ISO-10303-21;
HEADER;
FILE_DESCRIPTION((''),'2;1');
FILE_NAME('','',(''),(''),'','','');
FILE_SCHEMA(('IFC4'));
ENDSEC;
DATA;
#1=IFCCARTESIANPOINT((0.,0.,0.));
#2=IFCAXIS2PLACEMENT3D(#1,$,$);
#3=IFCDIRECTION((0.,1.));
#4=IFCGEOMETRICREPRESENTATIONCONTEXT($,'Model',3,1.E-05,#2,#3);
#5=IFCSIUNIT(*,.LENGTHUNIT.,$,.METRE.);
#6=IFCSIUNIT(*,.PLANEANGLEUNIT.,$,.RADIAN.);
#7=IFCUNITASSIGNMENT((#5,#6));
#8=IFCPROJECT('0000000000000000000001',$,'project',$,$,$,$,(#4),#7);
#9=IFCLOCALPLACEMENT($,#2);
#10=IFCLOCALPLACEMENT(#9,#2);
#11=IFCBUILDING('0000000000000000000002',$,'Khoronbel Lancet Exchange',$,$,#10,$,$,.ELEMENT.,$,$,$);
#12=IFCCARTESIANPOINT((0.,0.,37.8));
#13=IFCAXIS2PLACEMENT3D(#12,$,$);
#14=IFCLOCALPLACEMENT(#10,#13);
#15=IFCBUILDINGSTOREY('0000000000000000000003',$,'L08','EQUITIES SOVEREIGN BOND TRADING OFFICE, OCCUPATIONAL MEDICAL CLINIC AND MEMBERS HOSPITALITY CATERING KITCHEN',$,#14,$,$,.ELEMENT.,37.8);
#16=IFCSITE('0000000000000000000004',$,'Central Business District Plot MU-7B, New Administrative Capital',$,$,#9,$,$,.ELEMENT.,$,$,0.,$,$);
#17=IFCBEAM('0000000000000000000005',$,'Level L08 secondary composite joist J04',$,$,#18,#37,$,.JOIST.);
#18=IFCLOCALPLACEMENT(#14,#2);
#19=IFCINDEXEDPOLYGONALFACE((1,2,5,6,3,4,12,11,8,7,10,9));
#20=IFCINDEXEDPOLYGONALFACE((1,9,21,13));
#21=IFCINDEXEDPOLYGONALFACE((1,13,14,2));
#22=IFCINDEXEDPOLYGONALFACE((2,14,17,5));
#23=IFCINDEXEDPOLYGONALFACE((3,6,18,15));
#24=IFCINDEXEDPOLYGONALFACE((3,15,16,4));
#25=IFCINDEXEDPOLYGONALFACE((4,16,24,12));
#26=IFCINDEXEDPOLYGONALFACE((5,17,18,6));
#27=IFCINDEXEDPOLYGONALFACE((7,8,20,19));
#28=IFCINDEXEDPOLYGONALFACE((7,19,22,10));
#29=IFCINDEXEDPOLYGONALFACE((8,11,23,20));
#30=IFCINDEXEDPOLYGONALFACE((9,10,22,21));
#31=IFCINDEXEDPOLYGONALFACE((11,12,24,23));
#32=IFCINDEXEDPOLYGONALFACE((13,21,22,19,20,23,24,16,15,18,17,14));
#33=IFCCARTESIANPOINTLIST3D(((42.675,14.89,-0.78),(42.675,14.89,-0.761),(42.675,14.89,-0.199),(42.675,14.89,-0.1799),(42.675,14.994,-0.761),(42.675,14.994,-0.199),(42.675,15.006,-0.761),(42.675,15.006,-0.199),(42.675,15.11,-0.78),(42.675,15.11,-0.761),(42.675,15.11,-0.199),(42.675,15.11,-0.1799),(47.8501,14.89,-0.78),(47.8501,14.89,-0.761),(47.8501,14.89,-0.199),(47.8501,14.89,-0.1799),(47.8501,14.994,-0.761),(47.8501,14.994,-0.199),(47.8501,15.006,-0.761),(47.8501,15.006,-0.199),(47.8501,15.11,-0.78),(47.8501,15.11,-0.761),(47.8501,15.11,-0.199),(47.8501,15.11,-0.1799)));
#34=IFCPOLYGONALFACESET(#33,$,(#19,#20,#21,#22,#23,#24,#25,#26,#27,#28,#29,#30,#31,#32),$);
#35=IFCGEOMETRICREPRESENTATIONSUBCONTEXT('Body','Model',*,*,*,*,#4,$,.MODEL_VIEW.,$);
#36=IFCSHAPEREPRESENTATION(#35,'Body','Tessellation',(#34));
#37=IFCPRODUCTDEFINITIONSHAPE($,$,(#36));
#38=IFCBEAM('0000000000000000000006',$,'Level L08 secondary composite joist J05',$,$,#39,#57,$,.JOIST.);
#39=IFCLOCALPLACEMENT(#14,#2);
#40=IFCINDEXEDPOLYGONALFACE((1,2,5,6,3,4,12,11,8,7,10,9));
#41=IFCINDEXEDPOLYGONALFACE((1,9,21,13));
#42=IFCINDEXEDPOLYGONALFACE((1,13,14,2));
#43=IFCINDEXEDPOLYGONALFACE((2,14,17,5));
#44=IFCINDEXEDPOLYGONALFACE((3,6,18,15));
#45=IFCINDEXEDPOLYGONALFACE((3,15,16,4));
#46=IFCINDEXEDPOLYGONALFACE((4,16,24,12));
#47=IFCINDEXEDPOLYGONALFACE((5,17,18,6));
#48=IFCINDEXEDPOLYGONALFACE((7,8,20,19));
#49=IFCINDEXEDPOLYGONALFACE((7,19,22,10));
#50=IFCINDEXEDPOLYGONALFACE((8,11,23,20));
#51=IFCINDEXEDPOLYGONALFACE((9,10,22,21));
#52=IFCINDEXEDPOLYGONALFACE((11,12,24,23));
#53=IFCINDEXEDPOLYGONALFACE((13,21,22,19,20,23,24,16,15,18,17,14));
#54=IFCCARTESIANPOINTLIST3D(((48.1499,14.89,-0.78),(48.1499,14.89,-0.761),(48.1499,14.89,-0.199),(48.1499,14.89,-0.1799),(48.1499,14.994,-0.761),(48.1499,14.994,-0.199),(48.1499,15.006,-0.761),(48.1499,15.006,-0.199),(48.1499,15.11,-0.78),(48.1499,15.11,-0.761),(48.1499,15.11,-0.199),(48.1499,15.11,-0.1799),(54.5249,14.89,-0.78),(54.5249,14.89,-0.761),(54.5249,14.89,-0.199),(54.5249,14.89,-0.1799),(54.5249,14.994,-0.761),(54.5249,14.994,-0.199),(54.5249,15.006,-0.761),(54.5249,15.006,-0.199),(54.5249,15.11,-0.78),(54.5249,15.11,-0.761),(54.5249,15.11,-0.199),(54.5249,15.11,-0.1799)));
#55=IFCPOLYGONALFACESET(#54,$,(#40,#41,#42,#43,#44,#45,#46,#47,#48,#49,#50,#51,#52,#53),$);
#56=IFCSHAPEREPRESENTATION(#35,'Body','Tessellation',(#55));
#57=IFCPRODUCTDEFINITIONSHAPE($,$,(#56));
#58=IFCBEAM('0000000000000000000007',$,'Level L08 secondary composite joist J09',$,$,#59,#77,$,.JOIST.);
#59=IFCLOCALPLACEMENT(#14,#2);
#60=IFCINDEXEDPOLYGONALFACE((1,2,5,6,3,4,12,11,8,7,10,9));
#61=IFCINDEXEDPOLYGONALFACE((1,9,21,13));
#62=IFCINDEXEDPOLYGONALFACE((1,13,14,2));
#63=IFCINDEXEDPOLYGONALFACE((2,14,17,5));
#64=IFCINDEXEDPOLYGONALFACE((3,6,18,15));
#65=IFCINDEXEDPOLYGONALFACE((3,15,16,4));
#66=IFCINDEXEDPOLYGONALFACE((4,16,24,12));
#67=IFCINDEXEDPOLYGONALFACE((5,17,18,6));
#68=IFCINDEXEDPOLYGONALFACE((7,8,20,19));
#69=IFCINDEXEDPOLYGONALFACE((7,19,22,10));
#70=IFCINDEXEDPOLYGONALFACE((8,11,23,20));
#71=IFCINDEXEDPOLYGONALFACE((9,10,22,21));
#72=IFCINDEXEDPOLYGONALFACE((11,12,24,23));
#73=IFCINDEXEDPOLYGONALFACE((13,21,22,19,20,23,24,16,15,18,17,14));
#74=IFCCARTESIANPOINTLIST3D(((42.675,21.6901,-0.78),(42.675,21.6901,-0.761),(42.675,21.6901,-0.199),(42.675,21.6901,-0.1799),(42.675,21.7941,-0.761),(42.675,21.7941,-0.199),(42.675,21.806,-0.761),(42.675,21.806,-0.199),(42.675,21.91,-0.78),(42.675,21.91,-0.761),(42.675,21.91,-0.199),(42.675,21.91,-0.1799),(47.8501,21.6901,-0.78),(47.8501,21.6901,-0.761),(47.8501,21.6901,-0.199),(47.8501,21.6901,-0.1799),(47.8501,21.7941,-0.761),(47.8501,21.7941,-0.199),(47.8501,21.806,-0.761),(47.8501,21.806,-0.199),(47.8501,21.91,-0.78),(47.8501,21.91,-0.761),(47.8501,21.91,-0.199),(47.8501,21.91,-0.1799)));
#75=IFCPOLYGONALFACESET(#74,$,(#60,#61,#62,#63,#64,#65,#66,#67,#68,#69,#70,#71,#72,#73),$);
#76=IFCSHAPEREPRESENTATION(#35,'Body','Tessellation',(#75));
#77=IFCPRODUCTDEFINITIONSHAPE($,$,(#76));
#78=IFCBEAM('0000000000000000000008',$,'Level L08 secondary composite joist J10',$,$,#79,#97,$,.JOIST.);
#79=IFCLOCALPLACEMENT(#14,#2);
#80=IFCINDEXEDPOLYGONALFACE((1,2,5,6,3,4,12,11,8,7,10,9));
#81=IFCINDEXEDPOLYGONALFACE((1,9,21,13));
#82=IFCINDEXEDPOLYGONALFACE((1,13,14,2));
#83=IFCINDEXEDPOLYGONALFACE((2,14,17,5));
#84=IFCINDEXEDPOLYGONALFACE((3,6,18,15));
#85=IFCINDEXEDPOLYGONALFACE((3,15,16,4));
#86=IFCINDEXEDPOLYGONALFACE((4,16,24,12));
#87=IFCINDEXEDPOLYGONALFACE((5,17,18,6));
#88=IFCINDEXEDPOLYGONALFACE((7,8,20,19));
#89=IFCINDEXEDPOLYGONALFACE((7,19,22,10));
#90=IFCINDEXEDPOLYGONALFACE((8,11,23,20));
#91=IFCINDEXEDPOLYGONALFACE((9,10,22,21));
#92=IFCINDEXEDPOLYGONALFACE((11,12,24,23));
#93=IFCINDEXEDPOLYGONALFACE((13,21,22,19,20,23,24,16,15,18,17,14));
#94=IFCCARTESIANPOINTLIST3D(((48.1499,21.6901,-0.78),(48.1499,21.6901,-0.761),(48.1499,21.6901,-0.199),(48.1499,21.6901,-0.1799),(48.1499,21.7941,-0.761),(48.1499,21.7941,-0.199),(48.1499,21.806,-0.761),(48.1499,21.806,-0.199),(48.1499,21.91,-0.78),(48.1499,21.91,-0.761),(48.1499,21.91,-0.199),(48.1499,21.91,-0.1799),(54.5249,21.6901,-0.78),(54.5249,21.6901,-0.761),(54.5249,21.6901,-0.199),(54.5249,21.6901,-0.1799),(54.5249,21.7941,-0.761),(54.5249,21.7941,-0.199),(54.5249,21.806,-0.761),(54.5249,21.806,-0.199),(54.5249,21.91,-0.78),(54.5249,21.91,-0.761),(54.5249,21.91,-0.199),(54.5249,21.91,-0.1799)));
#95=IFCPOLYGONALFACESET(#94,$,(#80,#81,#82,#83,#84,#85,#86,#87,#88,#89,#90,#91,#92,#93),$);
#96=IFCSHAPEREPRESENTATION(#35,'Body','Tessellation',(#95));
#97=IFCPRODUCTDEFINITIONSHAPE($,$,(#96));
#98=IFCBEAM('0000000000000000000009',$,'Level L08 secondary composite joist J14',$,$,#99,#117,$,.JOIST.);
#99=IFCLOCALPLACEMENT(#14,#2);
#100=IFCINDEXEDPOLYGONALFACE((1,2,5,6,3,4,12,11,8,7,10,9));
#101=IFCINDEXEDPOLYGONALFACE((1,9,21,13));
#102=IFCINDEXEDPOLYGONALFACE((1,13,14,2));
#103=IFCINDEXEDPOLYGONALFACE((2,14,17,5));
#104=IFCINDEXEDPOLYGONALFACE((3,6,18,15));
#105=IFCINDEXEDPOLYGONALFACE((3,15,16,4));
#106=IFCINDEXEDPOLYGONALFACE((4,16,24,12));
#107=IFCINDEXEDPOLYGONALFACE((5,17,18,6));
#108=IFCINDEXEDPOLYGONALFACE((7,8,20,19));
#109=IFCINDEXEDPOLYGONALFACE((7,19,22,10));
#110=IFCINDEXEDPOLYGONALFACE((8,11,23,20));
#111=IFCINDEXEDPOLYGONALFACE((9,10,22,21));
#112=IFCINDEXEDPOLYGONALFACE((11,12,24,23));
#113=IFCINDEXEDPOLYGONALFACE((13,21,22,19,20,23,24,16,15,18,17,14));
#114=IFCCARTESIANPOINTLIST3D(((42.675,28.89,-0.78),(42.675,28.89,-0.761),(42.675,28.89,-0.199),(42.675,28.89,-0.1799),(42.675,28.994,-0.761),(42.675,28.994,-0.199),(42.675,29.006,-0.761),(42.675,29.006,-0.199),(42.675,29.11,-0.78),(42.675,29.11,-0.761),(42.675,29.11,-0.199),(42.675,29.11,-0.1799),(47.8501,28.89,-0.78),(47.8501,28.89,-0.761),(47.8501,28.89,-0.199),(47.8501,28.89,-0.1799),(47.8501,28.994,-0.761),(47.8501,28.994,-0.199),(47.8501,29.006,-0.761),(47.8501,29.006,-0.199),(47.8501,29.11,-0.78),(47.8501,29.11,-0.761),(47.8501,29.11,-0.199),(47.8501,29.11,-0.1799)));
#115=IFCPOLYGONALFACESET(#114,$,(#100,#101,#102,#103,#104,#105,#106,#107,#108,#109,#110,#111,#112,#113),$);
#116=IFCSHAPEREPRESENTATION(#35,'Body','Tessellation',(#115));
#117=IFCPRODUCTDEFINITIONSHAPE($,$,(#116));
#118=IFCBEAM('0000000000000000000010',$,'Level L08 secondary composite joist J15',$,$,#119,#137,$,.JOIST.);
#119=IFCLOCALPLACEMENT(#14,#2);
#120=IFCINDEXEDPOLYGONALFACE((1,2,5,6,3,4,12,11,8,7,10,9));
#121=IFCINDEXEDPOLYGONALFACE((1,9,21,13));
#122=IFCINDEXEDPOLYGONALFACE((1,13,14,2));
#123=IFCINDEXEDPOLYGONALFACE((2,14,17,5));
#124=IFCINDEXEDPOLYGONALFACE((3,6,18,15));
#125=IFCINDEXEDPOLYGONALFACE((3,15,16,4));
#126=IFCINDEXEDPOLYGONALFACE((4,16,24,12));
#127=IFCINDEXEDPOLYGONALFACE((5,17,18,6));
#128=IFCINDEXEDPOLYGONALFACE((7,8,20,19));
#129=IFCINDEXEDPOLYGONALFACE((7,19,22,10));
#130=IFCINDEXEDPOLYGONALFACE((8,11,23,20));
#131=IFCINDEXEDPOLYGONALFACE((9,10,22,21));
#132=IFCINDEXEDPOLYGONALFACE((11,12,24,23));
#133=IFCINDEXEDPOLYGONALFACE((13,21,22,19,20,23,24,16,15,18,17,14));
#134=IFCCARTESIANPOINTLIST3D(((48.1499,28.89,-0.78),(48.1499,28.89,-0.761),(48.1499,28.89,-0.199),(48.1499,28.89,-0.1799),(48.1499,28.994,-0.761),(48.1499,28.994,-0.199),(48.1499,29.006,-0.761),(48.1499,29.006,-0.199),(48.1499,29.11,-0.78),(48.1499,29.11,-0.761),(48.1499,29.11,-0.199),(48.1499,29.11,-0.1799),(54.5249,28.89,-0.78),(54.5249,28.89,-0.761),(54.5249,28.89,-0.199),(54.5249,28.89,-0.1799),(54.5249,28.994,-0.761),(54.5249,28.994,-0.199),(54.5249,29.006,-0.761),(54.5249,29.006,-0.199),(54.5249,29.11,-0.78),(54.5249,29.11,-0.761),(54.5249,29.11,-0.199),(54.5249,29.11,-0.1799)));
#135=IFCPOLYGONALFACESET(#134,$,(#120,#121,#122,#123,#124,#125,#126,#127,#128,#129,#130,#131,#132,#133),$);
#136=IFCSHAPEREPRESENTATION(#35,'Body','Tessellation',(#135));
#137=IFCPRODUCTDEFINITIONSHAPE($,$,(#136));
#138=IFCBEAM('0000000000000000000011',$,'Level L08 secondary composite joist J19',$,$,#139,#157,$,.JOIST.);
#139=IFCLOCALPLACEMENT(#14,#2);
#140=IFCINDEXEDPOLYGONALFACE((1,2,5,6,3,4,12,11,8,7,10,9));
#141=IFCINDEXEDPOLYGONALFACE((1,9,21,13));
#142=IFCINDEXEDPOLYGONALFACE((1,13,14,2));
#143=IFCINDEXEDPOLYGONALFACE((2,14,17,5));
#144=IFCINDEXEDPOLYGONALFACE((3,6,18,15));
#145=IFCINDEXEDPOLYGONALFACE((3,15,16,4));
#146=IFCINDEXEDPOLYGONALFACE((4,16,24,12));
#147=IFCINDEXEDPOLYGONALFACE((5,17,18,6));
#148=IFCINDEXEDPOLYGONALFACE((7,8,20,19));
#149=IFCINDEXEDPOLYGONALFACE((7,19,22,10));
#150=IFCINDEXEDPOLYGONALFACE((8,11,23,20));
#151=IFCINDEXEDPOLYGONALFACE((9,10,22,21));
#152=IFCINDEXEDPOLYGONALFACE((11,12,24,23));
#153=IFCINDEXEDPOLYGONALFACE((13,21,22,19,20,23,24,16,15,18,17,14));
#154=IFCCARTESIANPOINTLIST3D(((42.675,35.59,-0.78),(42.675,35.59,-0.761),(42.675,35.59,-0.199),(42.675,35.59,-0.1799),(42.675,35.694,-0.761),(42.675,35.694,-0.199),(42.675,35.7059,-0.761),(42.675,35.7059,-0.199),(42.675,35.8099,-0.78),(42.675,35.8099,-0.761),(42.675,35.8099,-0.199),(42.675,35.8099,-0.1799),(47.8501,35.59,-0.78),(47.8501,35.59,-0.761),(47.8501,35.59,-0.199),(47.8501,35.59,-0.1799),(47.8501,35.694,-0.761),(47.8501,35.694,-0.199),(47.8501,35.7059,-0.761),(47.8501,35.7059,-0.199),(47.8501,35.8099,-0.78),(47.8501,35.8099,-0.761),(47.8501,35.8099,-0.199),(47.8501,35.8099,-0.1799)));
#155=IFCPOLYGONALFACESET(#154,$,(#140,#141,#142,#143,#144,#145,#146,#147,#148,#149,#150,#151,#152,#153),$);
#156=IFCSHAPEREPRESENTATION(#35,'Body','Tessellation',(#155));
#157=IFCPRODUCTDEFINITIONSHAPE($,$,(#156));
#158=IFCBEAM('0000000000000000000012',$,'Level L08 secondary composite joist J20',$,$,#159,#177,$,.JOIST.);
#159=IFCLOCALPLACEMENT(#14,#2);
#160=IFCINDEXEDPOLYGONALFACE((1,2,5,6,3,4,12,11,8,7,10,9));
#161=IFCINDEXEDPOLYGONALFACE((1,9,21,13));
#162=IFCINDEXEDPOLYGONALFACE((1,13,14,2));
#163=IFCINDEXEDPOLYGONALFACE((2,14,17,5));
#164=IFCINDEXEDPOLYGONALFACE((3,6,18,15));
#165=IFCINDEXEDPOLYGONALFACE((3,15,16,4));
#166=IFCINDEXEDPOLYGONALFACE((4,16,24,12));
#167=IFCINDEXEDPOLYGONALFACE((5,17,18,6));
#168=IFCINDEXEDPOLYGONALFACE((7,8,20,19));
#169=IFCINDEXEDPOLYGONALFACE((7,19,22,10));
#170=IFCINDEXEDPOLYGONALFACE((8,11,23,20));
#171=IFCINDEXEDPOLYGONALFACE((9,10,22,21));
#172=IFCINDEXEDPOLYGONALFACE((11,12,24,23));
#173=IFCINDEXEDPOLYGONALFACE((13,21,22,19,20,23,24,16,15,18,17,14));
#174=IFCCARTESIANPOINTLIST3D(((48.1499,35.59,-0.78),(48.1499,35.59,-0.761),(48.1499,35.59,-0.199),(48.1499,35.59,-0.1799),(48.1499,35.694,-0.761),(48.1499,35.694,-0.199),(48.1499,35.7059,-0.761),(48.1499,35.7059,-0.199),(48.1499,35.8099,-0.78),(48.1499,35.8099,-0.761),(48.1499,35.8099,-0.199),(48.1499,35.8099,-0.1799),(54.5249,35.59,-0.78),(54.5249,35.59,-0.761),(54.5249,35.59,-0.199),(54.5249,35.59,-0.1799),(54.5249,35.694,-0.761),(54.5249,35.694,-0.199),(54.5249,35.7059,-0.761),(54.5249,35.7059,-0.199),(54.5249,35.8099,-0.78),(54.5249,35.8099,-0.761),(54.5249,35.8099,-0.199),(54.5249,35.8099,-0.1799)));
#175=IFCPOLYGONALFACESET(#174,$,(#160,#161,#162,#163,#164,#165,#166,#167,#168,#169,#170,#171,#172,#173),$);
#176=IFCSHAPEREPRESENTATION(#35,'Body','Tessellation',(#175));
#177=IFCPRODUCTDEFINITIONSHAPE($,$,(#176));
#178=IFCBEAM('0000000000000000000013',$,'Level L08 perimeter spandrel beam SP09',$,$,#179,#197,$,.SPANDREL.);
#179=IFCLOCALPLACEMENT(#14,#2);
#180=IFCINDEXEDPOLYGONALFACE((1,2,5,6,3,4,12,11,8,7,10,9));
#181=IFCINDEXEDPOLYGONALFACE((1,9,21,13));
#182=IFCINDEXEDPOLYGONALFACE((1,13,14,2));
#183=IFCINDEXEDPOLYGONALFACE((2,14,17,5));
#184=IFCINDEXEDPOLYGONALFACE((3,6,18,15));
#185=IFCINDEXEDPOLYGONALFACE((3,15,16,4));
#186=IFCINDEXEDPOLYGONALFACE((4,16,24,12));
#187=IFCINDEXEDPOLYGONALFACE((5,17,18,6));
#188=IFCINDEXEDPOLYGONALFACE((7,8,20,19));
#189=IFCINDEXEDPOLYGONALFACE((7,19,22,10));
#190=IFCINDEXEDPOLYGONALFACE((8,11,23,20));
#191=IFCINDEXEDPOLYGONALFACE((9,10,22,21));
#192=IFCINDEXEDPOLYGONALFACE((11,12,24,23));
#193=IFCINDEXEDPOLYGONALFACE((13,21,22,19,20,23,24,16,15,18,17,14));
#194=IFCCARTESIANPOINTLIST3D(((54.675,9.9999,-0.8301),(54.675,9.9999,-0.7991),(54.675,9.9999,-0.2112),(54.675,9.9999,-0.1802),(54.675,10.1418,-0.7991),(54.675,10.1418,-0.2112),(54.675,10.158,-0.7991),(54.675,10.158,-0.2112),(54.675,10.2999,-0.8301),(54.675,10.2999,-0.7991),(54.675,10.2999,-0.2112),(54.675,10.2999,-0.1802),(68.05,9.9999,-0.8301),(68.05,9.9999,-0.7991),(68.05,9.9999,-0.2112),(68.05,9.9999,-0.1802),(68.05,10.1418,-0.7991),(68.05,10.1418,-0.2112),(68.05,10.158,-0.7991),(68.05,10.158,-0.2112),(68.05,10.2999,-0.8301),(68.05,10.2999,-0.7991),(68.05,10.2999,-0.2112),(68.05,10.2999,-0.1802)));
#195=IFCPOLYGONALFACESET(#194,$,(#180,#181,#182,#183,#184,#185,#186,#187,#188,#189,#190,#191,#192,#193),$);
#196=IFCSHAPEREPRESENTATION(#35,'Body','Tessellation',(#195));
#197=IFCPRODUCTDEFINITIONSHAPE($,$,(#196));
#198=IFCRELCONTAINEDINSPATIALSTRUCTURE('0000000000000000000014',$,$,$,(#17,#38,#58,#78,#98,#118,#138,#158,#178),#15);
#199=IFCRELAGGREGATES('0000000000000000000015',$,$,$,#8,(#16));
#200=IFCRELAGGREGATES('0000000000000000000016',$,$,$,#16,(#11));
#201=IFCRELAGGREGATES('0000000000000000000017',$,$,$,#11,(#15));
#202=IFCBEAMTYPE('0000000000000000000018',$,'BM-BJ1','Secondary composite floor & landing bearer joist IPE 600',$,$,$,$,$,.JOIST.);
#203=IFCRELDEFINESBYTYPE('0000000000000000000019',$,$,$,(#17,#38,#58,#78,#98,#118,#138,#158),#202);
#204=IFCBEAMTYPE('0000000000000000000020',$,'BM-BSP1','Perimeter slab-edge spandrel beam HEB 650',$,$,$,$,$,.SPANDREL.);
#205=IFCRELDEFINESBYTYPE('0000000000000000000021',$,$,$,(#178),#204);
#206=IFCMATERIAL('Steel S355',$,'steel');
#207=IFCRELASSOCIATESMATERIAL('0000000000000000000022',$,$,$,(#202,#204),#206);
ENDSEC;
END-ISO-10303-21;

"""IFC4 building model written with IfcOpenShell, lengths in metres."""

from ifc_helpers import new_model, si_unit, direction, frame, origin, origin_2d, place, context, subcontext, project, spatial, i_section, extrude, material, material_profile, profile_set, type_object, element, save


model = new_model("IFC4")

# Units and contexts
model_context = context("Model", 3, precision=1e-05, world=origin(), true_north=direction((0.0, 1.0)))
body_context = subcontext(model_context, "Body", "Model", "MODEL_VIEW")
ifc_project = project(units=[si_unit("LENGTHUNIT", "METRE"), si_unit("PLANEANGLEUNIT", "RADIAN")], contexts=[model_context])

# Site, building, storey
site_placement = place(None, origin())
site = spatial("IfcSite", under=ifc_project, at=site_placement, Name="Central Business District Plot MU-7B, New Administrative Capital", CompositionType="ELEMENT", RefElevation=0.0)
building_placement = place(site_placement, origin())
building = spatial("IfcBuilding", under=site, at=building_placement, Name="Khoronbel Lancet Exchange", CompositionType="ELEMENT")
storey_placement = place(building_placement, frame((0.0, 0.0, 37.8)))
storey = spatial("IfcBuildingStorey", under=building, at=storey_placement, Name="L08", Description="EQUITIES SOVEREIGN BOND TRADING OFFICE, OCCUPATIONAL MEDICAL CLINIC AND MEMBERS HOSPITALITY CATERING KITCHEN", CompositionType="ELEMENT", Elevation=37.8)

# Beams
ifc_material_1 = material(Name="Steel S355", Category="steel")
ifc_material_profile_1 = material_profile(ifc_material_1, i_section(OverallWidth=0.22, OverallDepth=0.6001, WebThickness=0.012, FlangeThickness=0.019, at=origin_2d()), Name="IPE 600")
ifc_profile_set_1 = profile_set([ifc_material_profile_1], Name="Steel S355")
beam_type_1 = type_object("IfcBeamType", Name="BM-BJ1", Description="Secondary composite floor & landing bearer joist IPE 600", PredefinedType="JOIST", material=ifc_profile_set_1)
beam_1_placement = place(storey_placement, frame((42.675, 15.0, -0.48), z_axis=(1.0, 0.0, 0.0), x_axis=(0.0, 1.0, 0.0)))
element("IfcBeam", 1, at=beam_1_placement, inside=storey, type_object=beam_type_1, Name="Level L08 secondary composite joist J04", PredefinedType="JOIST", context=body_context, shape_type="SweptSolid", body=[
    extrude(i_section(OverallWidth=0.22, OverallDepth=0.6001, WebThickness=0.012, FlangeThickness=0.019, at=origin_2d()), origin(), (0.0, 0.0, 1.0), 5.175),
])
beam_2_placement = place(storey_placement, frame((48.1499, 15.0, -0.48), z_axis=(1.0, 0.0, 0.0), x_axis=(0.0, 1.0, 0.0)))
element("IfcBeam", 2, at=beam_2_placement, inside=storey, type_object=beam_type_1, Name="Level L08 secondary composite joist J05", PredefinedType="JOIST", context=body_context, shape_type="SweptSolid", body=[
    extrude(i_section(OverallWidth=0.22, OverallDepth=0.6001, WebThickness=0.012, FlangeThickness=0.019, at=origin_2d()), origin(), (0.0, 0.0, 1.0), 6.375),
])
beam_3_placement = place(storey_placement, frame((42.675, 21.8, -0.48), z_axis=(1.0, 0.0, 0.0), x_axis=(0.0, 1.0, 0.0)))
element("IfcBeam", 3, at=beam_3_placement, inside=storey, type_object=beam_type_1, Name="Level L08 secondary composite joist J09", PredefinedType="JOIST", context=body_context, shape_type="SweptSolid", body=[
    extrude(i_section(OverallWidth=0.22, OverallDepth=0.6001, WebThickness=0.012, FlangeThickness=0.019, at=origin_2d()), origin(), (0.0, 0.0, 1.0), 5.175),
])
beam_4_placement = place(storey_placement, frame((48.1499, 21.8, -0.48), z_axis=(1.0, 0.0, 0.0), x_axis=(0.0, 1.0, 0.0)))
element("IfcBeam", 4, at=beam_4_placement, inside=storey, type_object=beam_type_1, Name="Level L08 secondary composite joist J10", PredefinedType="JOIST", context=body_context, shape_type="SweptSolid", body=[
    extrude(i_section(OverallWidth=0.22, OverallDepth=0.6001, WebThickness=0.012, FlangeThickness=0.019, at=origin_2d()), origin(), (0.0, 0.0, 1.0), 6.375),
])
beam_5_placement = place(storey_placement, frame((42.675, 29.0, -0.48), z_axis=(1.0, 0.0, 0.0), x_axis=(0.0, 1.0, 0.0)))
element("IfcBeam", 5, at=beam_5_placement, inside=storey, type_object=beam_type_1, Name="Level L08 secondary composite joist J14", PredefinedType="JOIST", context=body_context, shape_type="SweptSolid", body=[
    extrude(i_section(OverallWidth=0.22, OverallDepth=0.6001, WebThickness=0.012, FlangeThickness=0.019, at=origin_2d()), origin(), (0.0, 0.0, 1.0), 5.175),
])
beam_6_placement = place(storey_placement, frame((48.1499, 29.0, -0.48), z_axis=(1.0, 0.0, 0.0), x_axis=(0.0, 1.0, 0.0)))
element("IfcBeam", 6, at=beam_6_placement, inside=storey, type_object=beam_type_1, Name="Level L08 secondary composite joist J15", PredefinedType="JOIST", context=body_context, shape_type="SweptSolid", body=[
    extrude(i_section(OverallWidth=0.22, OverallDepth=0.6001, WebThickness=0.012, FlangeThickness=0.019, at=origin_2d()), origin(), (0.0, 0.0, 1.0), 6.375),
])
beam_7_placement = place(storey_placement, frame((42.675, 35.7, -0.48), z_axis=(1.0, 0.0, 0.0), x_axis=(0.0, 1.0, 0.0)))
element("IfcBeam", 7, at=beam_7_placement, inside=storey, type_object=beam_type_1, Name="Level L08 secondary composite joist J19", PredefinedType="JOIST", context=body_context, shape_type="SweptSolid", body=[
    extrude(i_section(OverallWidth=0.22, OverallDepth=0.6001, WebThickness=0.012, FlangeThickness=0.019, at=origin_2d()), origin(), (0.0, 0.0, 1.0), 5.175),
])
beam_8_placement = place(storey_placement, frame((48.1499, 35.7, -0.48), z_axis=(1.0, 0.0, 0.0), x_axis=(0.0, 1.0, 0.0)))
element("IfcBeam", 8, at=beam_8_placement, inside=storey, type_object=beam_type_1, Name="Level L08 secondary composite joist J20", PredefinedType="JOIST", context=body_context, shape_type="SweptSolid", body=[
    extrude(i_section(OverallWidth=0.22, OverallDepth=0.6001, WebThickness=0.012, FlangeThickness=0.019, at=origin_2d()), origin(), (0.0, 0.0, 1.0), 6.375),
])
ifc_material_profile_2 = material_profile(ifc_material_1, i_section(OverallWidth=0.3, OverallDepth=0.6499, WebThickness=0.0161, FlangeThickness=0.031, at=origin_2d()), Name="HEB 650")
ifc_profile_set_2 = profile_set([ifc_material_profile_2], Name="Steel S355")
beam_type_2 = type_object("IfcBeamType", Name="BM-BSP1", Description="Perimeter slab-edge spandrel beam HEB 650", PredefinedType="SPANDREL", material=ifc_profile_set_2)
beam_9_placement = place(storey_placement, frame((54.675, 10.1499, -0.5051), z_axis=(1.0, 0.0, 0.0), x_axis=(0.0, 1.0, 0.0)))
element("IfcBeam", 9, at=beam_9_placement, inside=storey, type_object=beam_type_2, Name="Level L08 perimeter spandrel beam SP09", PredefinedType="SPANDREL", context=body_context, shape_type="SweptSolid", body=[
    extrude(i_section(OverallWidth=0.3, OverallDepth=0.6499, WebThickness=0.0161, FlangeThickness=0.031, at=origin_2d()), origin(), (0.0, 0.0, 1.0), 13.375),
])

save(model, "model.ifc")
